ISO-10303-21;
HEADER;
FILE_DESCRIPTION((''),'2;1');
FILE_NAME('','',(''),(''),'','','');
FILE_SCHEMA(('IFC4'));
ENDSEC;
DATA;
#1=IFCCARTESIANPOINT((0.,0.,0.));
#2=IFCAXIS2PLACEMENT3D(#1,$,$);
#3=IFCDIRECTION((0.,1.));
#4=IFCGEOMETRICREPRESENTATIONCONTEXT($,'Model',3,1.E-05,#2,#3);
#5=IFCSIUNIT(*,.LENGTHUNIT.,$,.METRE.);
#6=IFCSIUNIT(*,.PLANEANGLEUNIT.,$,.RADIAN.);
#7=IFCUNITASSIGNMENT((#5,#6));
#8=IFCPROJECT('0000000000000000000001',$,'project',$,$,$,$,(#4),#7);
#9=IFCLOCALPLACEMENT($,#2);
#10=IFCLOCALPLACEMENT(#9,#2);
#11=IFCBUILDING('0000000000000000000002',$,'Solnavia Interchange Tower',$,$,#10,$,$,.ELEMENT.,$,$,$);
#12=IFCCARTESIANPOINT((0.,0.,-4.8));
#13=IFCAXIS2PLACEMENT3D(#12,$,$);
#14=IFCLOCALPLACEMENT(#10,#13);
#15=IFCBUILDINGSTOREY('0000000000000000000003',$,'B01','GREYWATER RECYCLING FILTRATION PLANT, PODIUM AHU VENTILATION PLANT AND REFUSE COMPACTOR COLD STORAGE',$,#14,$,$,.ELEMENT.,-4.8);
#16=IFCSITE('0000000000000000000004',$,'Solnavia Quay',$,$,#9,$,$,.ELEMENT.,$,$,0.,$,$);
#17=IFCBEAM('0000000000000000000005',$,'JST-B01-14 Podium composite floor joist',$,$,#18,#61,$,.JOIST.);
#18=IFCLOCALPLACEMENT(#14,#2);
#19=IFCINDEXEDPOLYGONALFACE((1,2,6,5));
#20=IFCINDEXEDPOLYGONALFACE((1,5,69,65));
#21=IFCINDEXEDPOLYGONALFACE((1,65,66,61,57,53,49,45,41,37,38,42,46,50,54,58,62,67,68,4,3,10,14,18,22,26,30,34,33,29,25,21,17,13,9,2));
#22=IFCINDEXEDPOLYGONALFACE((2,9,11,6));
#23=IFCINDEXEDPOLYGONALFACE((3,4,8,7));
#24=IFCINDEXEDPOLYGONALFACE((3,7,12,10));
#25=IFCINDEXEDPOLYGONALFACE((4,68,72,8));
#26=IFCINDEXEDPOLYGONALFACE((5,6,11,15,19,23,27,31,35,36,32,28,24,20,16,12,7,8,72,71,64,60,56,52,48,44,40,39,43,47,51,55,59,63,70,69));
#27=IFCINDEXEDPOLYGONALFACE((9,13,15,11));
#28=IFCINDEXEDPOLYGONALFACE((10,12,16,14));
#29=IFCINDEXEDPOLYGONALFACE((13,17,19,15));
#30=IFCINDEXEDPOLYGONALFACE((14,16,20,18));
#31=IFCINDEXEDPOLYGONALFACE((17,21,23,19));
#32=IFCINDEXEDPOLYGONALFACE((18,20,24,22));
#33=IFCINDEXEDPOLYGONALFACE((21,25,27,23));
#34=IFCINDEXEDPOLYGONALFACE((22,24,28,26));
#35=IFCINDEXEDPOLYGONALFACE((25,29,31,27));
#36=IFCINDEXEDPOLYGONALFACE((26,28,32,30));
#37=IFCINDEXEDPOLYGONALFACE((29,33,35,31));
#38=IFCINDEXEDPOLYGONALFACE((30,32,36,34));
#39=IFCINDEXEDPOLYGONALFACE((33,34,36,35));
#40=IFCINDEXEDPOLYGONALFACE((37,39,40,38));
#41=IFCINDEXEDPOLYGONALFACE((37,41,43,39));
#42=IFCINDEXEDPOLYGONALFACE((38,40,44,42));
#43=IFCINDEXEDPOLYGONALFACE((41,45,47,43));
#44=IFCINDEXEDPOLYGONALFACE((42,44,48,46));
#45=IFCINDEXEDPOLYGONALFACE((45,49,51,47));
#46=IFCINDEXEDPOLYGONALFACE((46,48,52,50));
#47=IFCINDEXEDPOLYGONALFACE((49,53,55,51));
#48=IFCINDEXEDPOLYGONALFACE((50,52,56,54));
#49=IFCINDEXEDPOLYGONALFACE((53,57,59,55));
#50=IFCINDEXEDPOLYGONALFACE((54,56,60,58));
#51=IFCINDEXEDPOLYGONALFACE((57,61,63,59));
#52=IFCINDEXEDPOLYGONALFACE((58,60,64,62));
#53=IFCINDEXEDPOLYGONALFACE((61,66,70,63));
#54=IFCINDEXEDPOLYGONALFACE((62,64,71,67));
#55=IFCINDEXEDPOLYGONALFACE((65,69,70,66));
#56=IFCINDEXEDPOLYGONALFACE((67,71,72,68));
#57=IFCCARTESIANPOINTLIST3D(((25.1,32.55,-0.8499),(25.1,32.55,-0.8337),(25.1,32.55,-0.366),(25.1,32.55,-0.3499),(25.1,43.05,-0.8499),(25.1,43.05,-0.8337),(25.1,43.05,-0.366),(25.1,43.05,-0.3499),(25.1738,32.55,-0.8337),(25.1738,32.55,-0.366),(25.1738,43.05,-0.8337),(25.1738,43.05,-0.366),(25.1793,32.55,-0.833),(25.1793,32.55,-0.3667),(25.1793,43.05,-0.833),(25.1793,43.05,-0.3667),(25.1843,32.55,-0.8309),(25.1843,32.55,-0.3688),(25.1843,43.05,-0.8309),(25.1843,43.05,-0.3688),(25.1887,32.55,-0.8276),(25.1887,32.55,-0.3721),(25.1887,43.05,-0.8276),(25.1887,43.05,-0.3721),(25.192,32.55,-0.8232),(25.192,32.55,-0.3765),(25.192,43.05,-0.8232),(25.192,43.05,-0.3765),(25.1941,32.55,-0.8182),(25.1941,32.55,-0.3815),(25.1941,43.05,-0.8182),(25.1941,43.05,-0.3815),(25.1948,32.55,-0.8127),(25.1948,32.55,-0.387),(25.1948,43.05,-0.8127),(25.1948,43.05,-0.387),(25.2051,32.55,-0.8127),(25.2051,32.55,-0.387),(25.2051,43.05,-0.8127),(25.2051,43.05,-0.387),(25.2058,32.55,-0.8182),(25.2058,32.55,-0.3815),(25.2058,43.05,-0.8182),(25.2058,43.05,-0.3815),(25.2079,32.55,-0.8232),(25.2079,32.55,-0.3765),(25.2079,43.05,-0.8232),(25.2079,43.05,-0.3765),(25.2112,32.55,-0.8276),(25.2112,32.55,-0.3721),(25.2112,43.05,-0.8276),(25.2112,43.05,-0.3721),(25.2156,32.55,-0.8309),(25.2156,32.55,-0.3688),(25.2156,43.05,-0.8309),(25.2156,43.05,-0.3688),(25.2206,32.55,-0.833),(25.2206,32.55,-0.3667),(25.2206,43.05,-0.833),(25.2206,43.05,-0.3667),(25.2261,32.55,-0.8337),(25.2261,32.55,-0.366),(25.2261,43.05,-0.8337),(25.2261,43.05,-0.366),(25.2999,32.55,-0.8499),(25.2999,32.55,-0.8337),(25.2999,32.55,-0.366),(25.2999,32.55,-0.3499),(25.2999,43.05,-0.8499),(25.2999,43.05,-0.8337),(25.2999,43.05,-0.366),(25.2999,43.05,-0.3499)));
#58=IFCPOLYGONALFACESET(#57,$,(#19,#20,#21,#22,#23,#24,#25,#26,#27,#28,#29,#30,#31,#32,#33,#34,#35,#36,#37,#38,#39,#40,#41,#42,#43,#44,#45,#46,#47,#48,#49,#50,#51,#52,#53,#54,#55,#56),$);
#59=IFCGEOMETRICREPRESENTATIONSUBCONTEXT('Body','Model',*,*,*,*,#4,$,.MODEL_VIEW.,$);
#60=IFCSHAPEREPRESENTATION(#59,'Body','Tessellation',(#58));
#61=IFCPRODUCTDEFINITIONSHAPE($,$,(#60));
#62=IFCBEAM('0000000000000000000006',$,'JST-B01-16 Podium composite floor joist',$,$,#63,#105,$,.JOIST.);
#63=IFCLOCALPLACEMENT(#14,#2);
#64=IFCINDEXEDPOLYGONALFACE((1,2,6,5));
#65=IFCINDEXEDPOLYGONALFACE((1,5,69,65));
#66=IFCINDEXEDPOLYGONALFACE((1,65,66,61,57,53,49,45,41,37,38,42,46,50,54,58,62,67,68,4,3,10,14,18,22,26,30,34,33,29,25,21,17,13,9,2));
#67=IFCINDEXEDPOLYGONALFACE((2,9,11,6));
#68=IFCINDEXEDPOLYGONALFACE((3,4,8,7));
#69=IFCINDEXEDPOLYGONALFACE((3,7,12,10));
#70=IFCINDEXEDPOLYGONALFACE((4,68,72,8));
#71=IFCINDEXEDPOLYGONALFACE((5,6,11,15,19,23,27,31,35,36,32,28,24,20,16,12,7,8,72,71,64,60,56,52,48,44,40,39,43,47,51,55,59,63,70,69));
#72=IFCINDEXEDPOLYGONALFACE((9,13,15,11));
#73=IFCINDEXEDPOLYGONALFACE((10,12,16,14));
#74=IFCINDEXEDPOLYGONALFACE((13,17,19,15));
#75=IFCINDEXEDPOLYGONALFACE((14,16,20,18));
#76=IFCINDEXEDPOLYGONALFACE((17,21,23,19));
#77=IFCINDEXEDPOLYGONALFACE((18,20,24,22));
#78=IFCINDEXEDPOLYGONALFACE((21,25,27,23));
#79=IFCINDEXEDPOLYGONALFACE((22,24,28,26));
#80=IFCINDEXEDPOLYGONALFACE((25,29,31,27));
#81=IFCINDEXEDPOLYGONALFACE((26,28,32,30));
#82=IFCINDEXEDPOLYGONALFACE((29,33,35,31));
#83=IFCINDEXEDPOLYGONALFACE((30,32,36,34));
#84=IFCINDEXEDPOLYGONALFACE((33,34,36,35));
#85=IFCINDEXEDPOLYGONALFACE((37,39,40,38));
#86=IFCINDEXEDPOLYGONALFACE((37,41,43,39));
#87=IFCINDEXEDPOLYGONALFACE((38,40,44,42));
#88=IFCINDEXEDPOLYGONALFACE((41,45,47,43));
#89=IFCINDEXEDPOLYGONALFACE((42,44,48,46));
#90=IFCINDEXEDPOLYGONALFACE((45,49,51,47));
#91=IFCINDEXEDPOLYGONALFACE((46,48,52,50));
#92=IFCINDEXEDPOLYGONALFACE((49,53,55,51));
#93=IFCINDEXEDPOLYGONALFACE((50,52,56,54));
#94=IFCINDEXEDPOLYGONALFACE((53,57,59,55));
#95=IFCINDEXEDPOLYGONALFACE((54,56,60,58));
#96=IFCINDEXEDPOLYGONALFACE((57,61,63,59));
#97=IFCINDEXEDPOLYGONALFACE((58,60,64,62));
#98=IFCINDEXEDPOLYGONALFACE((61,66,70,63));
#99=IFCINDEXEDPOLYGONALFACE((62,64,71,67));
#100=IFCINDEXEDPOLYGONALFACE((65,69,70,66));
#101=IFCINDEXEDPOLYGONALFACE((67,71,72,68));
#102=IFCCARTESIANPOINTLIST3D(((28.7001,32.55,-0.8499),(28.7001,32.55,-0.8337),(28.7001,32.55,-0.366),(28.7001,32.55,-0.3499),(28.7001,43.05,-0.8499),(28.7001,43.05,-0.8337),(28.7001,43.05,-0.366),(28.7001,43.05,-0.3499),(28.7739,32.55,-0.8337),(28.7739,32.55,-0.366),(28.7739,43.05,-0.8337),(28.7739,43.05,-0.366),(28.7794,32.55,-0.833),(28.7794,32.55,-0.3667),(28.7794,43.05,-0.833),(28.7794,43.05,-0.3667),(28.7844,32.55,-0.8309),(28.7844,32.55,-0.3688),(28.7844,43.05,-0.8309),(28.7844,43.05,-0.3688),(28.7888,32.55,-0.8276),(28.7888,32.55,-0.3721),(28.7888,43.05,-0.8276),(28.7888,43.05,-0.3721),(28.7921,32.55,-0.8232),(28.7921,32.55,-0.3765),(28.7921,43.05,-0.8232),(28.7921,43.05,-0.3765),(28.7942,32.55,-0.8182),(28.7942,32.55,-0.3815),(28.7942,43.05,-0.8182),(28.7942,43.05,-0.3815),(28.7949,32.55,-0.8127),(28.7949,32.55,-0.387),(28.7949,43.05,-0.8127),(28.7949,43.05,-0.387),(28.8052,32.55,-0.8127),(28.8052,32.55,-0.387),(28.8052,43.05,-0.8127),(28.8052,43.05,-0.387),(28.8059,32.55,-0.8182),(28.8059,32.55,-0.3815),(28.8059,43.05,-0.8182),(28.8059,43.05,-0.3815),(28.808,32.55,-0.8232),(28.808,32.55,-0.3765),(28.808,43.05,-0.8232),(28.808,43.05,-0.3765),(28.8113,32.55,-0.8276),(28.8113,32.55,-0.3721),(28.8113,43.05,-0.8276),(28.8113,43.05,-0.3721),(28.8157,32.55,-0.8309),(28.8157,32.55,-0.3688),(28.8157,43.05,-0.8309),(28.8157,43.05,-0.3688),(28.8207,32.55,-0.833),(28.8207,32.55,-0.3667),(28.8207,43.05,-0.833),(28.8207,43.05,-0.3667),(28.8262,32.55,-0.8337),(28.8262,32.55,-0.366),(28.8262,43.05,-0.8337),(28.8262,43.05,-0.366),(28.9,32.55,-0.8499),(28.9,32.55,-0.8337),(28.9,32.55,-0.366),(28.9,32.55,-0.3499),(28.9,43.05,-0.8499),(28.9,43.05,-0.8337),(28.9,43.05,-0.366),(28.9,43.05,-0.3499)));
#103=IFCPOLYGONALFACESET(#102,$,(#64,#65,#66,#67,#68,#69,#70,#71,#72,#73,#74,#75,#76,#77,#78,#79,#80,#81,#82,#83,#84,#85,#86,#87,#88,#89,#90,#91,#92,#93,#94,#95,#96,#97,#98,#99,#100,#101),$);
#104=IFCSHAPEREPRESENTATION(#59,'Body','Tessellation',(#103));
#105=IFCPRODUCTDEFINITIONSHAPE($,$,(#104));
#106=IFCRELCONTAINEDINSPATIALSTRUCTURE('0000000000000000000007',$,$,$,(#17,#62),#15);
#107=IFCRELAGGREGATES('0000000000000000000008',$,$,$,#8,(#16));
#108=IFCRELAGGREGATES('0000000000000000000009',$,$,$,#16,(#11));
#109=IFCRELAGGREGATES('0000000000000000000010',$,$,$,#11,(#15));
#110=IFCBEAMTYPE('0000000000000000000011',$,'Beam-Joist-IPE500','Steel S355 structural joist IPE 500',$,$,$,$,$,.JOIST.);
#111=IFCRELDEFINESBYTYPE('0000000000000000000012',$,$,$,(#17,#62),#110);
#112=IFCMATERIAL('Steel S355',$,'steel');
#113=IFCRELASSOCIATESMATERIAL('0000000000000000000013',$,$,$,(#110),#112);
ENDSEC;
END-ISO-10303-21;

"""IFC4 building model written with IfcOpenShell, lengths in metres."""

from ifc_helpers import new_model, si_unit, direction, frame, origin, origin_2d, place, context, subcontext, project, spatial, i_section, extrude, material, material_profile, profile_set, type_object, element, save


model = new_model("IFC4")

# Units and contexts
model_context = context("Model", 3, precision=1e-05, world=origin(), true_north=direction((0.0, 1.0)))
body_context = subcontext(model_context, "Body", "Model", "MODEL_VIEW")
ifc_project = project(units=[si_unit("LENGTHUNIT", "METRE"), si_unit("PLANEANGLEUNIT", "RADIAN")], contexts=[model_context])

# Site, building, storey
site_placement = place(None, origin())
site = spatial("IfcSite", under=ifc_project, at=site_placement, Name="Solnavia Quay", CompositionType="ELEMENT", RefElevation=0.0)
building_placement = place(site_placement, origin())
building = spatial("IfcBuilding", under=site, at=building_placement, Name="Solnavia Interchange Tower", CompositionType="ELEMENT")
storey_placement = place(building_placement, frame((0.0, 0.0, -4.8)))
storey = spatial("IfcBuildingStorey", under=building, at=storey_placement, Name="B01", Description="GREYWATER RECYCLING FILTRATION PLANT, PODIUM AHU VENTILATION PLANT AND REFUSE COMPACTOR COLD STORAGE", CompositionType="ELEMENT", Elevation=-4.8)

# Beams
ifc_material_1 = material(Name="Steel S355", Category="steel")
ifc_material_profile_1 = material_profile(ifc_material_1, i_section(OverallWidth=0.2, OverallDepth=0.5, WebThickness=0.0103, FlangeThickness=0.0161, FilletRadius=0.021, at=origin_2d()), Name="IPE 500")
ifc_profile_set_1 = profile_set([ifc_material_profile_1], Name="Steel S355")
beam_type_1 = type_object("IfcBeamType", Name="Beam-Joist-IPE500", Description="Steel S355 structural joist IPE 500", PredefinedType="JOIST", material=ifc_profile_set_1)
for number, where, z_axis, x_axis, name in (
    (1, (25.2, 32.55, -0.5999), (0.0, 1.0, 0.0), (-1.0, 0.0, 0.0), "JST-B01-14 Podium composite floor joist"),
    (2, (28.8, 32.55, -0.5999), (0.0, 1.0, 0.0), (-1.0, 0.0, 0.0), "JST-B01-16 Podium composite floor joist"),
):
    element("IfcBeam", number, at=place(storey_placement, frame(where, z_axis=z_axis, x_axis=x_axis)), inside=storey, type_object=beam_type_1, Name=name, PredefinedType="JOIST", context=body_context, shape_type="SweptSolid", body=[
        extrude(i_section(OverallWidth=0.2, OverallDepth=0.5, WebThickness=0.0103, FlangeThickness=0.0161, FilletRadius=0.021, at=origin_2d()), origin(), (0.0, 0.0, 1.0), 10.5),
    ])

save(model, "model.ifc")
